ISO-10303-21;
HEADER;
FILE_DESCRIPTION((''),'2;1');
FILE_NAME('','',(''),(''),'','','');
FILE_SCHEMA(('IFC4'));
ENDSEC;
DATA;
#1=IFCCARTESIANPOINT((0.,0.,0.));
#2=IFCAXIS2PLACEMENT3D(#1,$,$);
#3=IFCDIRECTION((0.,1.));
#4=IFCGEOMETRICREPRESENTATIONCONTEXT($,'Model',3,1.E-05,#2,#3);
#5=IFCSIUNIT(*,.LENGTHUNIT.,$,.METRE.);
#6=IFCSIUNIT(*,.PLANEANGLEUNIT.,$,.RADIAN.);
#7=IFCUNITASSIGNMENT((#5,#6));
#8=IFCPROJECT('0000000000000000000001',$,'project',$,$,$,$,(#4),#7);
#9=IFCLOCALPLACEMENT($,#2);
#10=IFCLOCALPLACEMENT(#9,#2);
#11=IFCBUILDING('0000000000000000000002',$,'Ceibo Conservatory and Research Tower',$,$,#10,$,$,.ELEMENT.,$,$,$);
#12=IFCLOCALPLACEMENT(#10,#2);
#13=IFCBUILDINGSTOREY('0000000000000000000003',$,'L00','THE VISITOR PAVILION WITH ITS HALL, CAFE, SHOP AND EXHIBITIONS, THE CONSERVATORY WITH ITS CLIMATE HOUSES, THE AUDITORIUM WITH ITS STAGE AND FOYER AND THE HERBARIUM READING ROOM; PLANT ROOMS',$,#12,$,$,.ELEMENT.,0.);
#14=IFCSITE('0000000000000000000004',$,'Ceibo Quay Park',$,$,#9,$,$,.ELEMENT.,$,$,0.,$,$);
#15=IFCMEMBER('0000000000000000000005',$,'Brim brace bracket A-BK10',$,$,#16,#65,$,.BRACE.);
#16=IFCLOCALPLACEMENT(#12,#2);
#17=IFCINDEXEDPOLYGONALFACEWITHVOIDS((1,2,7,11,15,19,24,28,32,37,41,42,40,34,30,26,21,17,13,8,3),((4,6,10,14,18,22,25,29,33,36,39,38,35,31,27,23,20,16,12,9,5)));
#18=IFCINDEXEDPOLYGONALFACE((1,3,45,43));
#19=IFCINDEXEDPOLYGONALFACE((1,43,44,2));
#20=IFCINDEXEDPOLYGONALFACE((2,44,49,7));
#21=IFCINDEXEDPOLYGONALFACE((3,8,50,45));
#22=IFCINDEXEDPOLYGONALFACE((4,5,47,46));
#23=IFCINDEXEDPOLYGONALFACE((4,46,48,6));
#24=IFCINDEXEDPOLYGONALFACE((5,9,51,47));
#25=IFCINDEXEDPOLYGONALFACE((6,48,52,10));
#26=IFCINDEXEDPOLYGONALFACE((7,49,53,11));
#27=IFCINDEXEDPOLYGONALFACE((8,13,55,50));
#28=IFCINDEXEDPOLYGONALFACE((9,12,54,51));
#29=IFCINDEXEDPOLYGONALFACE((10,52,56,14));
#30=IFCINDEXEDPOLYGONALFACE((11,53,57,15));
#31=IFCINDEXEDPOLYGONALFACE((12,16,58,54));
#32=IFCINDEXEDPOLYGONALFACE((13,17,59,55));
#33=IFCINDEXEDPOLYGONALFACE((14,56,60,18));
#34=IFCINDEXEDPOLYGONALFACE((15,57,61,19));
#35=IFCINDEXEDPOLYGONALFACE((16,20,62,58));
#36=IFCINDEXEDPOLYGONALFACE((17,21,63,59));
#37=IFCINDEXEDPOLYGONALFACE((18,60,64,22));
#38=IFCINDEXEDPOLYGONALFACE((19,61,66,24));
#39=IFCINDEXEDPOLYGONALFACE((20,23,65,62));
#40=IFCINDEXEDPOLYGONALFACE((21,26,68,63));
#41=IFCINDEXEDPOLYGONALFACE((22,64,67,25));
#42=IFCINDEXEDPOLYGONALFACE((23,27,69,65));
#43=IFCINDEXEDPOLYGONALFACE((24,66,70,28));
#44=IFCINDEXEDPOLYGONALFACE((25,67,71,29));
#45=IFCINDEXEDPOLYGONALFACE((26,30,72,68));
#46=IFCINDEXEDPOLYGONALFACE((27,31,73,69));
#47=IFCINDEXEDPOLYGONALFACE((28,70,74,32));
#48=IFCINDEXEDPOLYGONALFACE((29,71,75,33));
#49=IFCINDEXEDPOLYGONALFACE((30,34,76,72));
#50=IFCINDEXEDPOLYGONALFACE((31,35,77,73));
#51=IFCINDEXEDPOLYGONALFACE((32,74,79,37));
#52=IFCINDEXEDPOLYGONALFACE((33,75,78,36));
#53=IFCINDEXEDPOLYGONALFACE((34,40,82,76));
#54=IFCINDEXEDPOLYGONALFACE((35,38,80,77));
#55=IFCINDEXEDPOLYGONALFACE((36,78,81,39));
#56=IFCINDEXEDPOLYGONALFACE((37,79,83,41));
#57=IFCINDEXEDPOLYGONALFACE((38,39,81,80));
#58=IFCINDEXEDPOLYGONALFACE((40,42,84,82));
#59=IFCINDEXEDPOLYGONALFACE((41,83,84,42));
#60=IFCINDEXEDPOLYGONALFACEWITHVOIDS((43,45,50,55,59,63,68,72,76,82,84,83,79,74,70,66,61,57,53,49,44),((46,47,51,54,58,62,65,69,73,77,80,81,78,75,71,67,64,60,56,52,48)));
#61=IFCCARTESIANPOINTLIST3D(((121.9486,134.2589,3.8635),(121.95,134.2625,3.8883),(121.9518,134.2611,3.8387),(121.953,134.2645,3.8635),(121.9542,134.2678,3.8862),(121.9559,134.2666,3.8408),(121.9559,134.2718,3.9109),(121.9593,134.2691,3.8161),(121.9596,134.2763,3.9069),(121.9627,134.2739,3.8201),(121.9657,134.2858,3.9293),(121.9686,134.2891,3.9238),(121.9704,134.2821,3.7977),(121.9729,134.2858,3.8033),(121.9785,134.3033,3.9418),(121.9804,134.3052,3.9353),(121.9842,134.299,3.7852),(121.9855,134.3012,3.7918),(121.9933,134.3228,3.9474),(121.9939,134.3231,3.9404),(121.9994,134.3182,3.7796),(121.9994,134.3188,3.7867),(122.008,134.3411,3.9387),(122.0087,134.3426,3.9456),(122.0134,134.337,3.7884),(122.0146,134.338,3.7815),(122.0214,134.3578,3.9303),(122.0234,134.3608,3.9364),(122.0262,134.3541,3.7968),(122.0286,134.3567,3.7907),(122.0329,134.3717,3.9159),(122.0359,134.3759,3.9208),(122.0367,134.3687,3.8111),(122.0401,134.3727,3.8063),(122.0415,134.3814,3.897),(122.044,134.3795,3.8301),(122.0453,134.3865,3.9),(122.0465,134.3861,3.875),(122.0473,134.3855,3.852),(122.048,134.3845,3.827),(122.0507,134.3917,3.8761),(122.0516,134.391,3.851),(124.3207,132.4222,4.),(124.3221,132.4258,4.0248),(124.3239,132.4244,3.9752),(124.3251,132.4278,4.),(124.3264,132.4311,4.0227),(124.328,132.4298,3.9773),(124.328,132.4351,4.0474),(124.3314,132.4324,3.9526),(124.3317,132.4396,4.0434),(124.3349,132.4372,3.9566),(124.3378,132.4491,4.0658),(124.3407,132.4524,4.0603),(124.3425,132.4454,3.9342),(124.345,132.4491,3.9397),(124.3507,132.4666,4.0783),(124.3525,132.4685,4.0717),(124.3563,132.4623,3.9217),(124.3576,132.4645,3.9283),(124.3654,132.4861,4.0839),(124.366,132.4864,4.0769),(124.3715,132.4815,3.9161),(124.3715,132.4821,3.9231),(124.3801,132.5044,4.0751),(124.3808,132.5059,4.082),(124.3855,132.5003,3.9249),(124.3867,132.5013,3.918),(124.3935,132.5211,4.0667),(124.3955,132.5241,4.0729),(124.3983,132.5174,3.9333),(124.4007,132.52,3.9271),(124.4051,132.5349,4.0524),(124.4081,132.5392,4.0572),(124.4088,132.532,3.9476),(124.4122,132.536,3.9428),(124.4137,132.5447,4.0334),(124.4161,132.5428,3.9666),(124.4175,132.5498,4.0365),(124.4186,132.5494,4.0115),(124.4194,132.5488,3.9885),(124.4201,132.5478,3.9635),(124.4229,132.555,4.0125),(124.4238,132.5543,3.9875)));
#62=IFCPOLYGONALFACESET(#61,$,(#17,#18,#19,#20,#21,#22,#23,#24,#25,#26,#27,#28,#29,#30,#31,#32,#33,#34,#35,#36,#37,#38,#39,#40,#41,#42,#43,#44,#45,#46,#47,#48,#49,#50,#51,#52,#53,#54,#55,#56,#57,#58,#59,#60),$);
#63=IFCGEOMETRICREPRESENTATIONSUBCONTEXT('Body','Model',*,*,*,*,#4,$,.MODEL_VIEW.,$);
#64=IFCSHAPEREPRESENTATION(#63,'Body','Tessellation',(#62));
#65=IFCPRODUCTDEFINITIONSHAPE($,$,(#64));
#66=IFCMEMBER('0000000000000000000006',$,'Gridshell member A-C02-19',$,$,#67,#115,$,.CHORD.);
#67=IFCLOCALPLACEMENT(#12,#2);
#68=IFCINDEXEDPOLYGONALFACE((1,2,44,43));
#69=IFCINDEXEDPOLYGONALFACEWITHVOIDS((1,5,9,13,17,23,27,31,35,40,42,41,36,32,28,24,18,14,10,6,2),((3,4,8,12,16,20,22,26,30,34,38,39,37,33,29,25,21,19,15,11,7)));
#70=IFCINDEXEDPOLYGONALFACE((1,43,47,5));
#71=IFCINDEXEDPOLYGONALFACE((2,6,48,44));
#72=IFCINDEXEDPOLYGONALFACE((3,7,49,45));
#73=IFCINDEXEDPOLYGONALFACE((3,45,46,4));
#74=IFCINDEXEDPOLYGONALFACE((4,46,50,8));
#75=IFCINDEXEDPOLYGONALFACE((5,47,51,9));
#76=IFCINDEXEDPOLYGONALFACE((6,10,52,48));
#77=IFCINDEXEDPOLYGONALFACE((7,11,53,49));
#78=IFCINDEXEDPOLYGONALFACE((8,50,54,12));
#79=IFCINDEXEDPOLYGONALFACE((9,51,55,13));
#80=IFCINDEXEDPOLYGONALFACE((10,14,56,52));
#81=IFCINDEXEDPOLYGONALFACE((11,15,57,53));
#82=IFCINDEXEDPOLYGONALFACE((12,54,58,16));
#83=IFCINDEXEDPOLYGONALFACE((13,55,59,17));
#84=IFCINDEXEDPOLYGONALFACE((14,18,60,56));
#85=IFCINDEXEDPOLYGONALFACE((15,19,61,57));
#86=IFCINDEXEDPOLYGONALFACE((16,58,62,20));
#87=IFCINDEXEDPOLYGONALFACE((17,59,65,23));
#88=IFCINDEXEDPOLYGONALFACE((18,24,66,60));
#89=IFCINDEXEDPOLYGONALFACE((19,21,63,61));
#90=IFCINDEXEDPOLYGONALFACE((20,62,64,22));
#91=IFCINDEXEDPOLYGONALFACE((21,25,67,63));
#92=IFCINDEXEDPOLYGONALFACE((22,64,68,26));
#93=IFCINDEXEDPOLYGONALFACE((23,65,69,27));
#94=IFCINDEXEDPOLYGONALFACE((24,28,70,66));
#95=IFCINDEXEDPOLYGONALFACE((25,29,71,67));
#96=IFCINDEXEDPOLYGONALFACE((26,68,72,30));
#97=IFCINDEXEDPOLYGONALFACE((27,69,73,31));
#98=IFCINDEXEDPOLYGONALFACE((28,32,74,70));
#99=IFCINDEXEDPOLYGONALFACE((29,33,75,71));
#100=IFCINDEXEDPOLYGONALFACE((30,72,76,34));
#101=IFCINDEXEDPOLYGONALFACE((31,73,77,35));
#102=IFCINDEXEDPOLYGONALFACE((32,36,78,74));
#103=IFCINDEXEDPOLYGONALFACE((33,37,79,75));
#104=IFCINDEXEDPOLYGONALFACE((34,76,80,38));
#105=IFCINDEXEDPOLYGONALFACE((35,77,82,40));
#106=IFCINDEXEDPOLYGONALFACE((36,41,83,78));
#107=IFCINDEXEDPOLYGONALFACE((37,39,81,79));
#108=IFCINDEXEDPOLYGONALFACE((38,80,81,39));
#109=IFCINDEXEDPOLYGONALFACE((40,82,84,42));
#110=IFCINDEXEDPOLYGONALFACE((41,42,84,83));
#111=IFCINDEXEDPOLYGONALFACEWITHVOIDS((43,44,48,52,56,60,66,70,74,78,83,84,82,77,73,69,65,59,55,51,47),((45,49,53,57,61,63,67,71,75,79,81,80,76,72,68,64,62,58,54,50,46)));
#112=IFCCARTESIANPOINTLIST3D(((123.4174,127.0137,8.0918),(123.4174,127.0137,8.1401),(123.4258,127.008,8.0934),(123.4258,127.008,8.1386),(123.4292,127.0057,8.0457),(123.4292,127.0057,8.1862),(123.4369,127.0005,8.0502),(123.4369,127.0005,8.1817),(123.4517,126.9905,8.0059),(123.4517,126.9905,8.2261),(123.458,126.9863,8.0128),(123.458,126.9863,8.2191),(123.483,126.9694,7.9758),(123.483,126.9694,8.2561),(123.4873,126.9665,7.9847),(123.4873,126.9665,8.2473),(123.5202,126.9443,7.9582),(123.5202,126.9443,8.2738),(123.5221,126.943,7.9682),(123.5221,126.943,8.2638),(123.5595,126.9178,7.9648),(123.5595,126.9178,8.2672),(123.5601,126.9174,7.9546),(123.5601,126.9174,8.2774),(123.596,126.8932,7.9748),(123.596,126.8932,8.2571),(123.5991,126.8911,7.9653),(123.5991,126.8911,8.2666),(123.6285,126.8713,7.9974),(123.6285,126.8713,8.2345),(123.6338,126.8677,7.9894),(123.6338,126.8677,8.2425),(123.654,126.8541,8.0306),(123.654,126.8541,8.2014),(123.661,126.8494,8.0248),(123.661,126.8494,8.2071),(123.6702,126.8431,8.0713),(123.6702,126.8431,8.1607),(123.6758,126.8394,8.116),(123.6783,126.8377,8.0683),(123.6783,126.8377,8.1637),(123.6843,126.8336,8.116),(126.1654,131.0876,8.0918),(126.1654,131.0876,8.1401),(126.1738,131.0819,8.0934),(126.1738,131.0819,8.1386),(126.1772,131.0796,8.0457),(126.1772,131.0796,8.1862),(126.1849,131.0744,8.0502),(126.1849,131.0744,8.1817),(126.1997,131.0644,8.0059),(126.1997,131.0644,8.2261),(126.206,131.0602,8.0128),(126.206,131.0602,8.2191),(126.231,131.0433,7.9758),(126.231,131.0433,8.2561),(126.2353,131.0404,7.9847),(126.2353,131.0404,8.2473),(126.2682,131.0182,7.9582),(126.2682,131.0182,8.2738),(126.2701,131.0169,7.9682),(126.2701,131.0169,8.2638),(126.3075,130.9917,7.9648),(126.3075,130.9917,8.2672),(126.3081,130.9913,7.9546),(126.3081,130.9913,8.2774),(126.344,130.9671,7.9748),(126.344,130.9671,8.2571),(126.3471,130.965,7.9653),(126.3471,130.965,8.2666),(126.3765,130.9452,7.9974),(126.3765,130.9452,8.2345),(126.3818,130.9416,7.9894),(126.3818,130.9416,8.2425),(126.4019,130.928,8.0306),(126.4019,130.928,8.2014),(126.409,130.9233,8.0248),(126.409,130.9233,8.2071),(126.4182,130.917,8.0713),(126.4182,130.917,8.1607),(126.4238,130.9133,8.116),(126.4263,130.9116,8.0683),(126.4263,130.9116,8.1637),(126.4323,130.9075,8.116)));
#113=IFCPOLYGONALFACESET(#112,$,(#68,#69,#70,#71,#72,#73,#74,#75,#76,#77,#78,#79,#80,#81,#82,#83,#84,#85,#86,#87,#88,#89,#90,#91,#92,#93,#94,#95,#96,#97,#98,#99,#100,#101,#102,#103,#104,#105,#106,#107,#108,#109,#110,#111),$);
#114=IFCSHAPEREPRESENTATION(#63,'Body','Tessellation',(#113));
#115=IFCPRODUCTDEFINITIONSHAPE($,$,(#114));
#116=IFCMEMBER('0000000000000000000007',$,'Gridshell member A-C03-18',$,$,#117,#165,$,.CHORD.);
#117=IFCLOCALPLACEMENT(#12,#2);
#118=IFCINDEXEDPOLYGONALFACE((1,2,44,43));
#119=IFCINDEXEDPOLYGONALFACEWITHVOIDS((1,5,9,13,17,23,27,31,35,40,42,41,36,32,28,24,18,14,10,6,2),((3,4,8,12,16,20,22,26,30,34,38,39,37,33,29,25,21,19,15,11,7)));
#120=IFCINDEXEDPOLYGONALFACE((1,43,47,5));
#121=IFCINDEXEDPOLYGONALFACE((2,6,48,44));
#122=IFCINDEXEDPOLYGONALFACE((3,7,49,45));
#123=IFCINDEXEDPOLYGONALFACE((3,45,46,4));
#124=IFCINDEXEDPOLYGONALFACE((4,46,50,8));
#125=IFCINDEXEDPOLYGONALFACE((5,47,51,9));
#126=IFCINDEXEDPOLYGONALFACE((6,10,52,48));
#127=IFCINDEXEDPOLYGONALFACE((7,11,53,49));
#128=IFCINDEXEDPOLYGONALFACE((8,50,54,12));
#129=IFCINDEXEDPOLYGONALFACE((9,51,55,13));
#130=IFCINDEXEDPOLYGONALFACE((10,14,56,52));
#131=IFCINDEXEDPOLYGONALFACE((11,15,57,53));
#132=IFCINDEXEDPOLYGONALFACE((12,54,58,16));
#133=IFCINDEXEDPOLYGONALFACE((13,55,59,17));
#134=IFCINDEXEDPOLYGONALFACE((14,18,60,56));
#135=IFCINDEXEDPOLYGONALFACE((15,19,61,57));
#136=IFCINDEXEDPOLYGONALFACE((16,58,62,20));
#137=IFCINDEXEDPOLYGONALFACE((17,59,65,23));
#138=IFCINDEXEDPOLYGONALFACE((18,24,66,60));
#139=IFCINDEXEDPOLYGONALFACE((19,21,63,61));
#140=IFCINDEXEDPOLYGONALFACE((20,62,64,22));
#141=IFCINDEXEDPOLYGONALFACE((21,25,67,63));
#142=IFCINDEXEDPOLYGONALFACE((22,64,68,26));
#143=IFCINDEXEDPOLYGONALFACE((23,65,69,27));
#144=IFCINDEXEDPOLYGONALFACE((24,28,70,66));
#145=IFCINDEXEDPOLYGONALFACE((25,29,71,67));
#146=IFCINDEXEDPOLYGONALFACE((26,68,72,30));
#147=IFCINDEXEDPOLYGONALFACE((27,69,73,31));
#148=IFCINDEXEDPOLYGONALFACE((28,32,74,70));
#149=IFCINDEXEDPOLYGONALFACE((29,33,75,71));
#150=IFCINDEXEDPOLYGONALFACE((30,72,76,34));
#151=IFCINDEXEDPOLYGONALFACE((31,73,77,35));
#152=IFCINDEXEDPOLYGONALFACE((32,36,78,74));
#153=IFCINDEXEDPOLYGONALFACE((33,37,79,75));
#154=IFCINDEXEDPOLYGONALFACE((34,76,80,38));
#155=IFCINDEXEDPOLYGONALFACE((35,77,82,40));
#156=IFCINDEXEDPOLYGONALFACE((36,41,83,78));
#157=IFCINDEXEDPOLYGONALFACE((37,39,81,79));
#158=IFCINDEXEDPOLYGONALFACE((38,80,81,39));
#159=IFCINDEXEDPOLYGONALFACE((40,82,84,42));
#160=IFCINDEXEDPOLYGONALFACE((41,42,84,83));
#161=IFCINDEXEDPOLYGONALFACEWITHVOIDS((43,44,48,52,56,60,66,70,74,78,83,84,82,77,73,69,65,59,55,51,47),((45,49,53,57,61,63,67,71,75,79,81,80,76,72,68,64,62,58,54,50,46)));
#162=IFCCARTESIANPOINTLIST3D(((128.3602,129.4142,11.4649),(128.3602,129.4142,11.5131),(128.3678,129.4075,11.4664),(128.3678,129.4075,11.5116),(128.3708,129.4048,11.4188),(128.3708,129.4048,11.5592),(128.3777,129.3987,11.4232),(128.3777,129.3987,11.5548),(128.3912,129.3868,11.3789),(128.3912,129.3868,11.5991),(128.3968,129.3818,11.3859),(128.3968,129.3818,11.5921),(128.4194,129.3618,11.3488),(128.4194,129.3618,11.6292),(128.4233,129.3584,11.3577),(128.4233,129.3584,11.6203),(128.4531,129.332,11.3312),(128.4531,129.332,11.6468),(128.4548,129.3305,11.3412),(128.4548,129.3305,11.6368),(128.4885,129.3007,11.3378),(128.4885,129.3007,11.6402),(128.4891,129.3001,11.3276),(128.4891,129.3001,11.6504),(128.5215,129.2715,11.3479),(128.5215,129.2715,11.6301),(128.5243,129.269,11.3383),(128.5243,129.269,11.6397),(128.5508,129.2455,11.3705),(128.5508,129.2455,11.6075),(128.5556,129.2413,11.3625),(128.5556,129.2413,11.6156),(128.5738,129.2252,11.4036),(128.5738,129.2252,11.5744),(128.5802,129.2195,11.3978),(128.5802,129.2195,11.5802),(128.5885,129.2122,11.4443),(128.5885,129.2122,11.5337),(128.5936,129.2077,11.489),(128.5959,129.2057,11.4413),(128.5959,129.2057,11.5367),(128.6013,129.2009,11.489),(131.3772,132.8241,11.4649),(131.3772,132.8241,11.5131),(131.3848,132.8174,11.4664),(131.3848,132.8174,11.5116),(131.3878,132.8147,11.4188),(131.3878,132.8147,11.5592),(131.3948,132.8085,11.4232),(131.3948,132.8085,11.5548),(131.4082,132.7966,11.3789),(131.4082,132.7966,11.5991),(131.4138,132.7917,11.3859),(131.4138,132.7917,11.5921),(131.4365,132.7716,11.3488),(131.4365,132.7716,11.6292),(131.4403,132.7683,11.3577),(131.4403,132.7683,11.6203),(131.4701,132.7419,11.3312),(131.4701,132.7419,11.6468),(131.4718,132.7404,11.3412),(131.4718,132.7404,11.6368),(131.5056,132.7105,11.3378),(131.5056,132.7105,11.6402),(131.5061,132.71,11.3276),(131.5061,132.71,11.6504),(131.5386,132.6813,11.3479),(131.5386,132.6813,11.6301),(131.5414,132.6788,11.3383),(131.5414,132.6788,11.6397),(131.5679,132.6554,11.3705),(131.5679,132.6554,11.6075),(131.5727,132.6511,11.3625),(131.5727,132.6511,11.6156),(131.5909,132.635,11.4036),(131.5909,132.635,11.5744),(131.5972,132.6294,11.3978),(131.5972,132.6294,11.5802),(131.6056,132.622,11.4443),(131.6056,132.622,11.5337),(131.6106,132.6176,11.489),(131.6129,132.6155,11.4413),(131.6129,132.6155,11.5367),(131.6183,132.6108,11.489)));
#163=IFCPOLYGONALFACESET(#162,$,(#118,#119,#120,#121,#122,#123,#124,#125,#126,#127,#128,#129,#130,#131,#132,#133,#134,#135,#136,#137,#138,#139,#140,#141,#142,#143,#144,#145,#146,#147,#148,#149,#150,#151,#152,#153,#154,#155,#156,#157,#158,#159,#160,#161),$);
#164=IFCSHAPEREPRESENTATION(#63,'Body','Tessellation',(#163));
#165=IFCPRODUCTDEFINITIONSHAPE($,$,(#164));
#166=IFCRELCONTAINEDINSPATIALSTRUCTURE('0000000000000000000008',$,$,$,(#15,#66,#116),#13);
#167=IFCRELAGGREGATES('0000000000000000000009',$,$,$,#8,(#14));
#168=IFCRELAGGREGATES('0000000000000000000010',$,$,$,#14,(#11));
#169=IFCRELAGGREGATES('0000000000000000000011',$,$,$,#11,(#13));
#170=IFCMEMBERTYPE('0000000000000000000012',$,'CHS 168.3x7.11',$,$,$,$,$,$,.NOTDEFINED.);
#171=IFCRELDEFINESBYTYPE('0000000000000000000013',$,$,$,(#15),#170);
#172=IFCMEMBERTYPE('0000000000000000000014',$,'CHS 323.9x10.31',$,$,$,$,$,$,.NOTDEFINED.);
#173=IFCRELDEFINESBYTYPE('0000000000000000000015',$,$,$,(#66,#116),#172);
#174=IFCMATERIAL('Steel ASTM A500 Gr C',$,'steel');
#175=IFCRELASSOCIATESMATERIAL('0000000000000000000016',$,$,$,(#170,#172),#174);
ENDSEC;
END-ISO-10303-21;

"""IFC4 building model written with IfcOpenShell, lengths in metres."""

from ifc_helpers import new_model, si_unit, direction, frame, origin, origin_2d, place, context, subcontext, project, spatial, hollow_circle, extrude, material, material_profile, profile_set, type_object, element, save


model = new_model("IFC4")

# Units and contexts
model_context = context("Model", 3, precision=1e-05, world=origin(), true_north=direction((0.0, 1.0)))
body_context = subcontext(model_context, "Body", "Model", "MODEL_VIEW")
ifc_project = project(units=[si_unit("LENGTHUNIT", "METRE"), si_unit("PLANEANGLEUNIT", "RADIAN")], contexts=[model_context])

# Site, building, storey
site_placement = place(None, origin())
site = spatial("IfcSite", under=ifc_project, at=site_placement, Name="Ceibo Quay Park", CompositionType="ELEMENT", RefElevation=0.0)
building_placement = place(site_placement, origin())
building = spatial("IfcBuilding", under=site, at=building_placement, Name="Ceibo Conservatory and Research Tower", CompositionType="ELEMENT")
storey_placement = place(building_placement, origin())
storey = spatial("IfcBuildingStorey", under=building, at=storey_placement, Name="L00", Description="THE VISITOR PAVILION WITH ITS HALL, CAFE, SHOP AND EXHIBITIONS, THE CONSERVATORY WITH ITS CLIMATE HOUSES, THE AUDITORIUM WITH ITS STAGE AND FOYER AND THE HERBARIUM READING ROOM; PLANT ROOMS", CompositionType="ELEMENT", Elevation=0.0)

# Members
ifc_material_1 = material(Name="Steel ASTM A500 Gr C", Category="steel")
ifc_material_profile_1 = material_profile(ifc_material_1, hollow_circle(Radius=0.0842, WallThickness=0.0071, at=origin_2d()), Name="CHS 168.3x7.11")
ifc_profile_set_1 = profile_set([ifc_material_profile_1], Name="Steel ASTM A500 Gr C")
member_type_1 = type_object("IfcMemberType", Name="CHS 168.3x7.11", PredefinedType="NOTDEFINED", material=ifc_profile_set_1)
member_1_placement = place(storey_placement, frame((124.3723, 132.4888, 4.0), z_axis=(-0.78987, 0.611588, -0.045444), x_axis=(-0.612221, -0.790687, 0.0)))
element("IfcMember", 1, at=member_1_placement, inside=storey, type_object=member_type_1, Name="Brim brace bracket A-BK10", PredefinedType="BRACE", context=body_context, shape_type="SweptSolid", body=[
    extrude(hollow_circle(Radius=0.0842, WallThickness=0.0071, at=origin_2d()), origin(), (0.0, 0.0, 1.0), 3.0032),
])
ifc_material_profile_2 = material_profile(ifc_material_1, hollow_circle(Radius=0.1619, WallThickness=0.0103, at=origin_2d()), Name="CHS 323.9x10.31")
ifc_profile_set_2 = profile_set([ifc_material_profile_2], Name="Steel ASTM A500 Gr C")
member_type_2 = type_object("IfcMemberType", Name="CHS 323.9x10.31", PredefinedType="NOTDEFINED", material=ifc_profile_set_2)
member_2_placement = place(storey_placement, frame((126.2981, 130.998, 8.116), z_axis=(-0.559209, -0.829027, 0.0), x_axis=(0.829027, -0.559209, 0.0)))
element("IfcMember", 2, at=member_2_placement, inside=storey, type_object=member_type_2, Name="Gridshell member A-C02-19", PredefinedType="CHORD", context=body_context, shape_type="SweptSolid", body=[
    extrude(hollow_circle(Radius=0.1619, WallThickness=0.0103, at=origin_2d()), origin(), (0.0, 0.0, 1.0), 4.9141),
])
member_3_placement = place(storey_placement, frame((131.4971, 132.718, 11.489), z_axis=(-0.662651, -0.748928, 0.0), x_axis=(0.748928, -0.662651, 0.0)))
element("IfcMember", 3, at=member_3_placement, inside=storey, type_object=member_type_2, Name="Gridshell member A-C03-18", PredefinedType="CHORD", context=body_context, shape_type="SweptSolid", body=[
    extrude(hollow_circle(Radius=0.1619, WallThickness=0.0103, at=origin_2d()), origin(), (0.0, 0.0, 1.0), 4.553),
])

save(model, "model.ifc")
